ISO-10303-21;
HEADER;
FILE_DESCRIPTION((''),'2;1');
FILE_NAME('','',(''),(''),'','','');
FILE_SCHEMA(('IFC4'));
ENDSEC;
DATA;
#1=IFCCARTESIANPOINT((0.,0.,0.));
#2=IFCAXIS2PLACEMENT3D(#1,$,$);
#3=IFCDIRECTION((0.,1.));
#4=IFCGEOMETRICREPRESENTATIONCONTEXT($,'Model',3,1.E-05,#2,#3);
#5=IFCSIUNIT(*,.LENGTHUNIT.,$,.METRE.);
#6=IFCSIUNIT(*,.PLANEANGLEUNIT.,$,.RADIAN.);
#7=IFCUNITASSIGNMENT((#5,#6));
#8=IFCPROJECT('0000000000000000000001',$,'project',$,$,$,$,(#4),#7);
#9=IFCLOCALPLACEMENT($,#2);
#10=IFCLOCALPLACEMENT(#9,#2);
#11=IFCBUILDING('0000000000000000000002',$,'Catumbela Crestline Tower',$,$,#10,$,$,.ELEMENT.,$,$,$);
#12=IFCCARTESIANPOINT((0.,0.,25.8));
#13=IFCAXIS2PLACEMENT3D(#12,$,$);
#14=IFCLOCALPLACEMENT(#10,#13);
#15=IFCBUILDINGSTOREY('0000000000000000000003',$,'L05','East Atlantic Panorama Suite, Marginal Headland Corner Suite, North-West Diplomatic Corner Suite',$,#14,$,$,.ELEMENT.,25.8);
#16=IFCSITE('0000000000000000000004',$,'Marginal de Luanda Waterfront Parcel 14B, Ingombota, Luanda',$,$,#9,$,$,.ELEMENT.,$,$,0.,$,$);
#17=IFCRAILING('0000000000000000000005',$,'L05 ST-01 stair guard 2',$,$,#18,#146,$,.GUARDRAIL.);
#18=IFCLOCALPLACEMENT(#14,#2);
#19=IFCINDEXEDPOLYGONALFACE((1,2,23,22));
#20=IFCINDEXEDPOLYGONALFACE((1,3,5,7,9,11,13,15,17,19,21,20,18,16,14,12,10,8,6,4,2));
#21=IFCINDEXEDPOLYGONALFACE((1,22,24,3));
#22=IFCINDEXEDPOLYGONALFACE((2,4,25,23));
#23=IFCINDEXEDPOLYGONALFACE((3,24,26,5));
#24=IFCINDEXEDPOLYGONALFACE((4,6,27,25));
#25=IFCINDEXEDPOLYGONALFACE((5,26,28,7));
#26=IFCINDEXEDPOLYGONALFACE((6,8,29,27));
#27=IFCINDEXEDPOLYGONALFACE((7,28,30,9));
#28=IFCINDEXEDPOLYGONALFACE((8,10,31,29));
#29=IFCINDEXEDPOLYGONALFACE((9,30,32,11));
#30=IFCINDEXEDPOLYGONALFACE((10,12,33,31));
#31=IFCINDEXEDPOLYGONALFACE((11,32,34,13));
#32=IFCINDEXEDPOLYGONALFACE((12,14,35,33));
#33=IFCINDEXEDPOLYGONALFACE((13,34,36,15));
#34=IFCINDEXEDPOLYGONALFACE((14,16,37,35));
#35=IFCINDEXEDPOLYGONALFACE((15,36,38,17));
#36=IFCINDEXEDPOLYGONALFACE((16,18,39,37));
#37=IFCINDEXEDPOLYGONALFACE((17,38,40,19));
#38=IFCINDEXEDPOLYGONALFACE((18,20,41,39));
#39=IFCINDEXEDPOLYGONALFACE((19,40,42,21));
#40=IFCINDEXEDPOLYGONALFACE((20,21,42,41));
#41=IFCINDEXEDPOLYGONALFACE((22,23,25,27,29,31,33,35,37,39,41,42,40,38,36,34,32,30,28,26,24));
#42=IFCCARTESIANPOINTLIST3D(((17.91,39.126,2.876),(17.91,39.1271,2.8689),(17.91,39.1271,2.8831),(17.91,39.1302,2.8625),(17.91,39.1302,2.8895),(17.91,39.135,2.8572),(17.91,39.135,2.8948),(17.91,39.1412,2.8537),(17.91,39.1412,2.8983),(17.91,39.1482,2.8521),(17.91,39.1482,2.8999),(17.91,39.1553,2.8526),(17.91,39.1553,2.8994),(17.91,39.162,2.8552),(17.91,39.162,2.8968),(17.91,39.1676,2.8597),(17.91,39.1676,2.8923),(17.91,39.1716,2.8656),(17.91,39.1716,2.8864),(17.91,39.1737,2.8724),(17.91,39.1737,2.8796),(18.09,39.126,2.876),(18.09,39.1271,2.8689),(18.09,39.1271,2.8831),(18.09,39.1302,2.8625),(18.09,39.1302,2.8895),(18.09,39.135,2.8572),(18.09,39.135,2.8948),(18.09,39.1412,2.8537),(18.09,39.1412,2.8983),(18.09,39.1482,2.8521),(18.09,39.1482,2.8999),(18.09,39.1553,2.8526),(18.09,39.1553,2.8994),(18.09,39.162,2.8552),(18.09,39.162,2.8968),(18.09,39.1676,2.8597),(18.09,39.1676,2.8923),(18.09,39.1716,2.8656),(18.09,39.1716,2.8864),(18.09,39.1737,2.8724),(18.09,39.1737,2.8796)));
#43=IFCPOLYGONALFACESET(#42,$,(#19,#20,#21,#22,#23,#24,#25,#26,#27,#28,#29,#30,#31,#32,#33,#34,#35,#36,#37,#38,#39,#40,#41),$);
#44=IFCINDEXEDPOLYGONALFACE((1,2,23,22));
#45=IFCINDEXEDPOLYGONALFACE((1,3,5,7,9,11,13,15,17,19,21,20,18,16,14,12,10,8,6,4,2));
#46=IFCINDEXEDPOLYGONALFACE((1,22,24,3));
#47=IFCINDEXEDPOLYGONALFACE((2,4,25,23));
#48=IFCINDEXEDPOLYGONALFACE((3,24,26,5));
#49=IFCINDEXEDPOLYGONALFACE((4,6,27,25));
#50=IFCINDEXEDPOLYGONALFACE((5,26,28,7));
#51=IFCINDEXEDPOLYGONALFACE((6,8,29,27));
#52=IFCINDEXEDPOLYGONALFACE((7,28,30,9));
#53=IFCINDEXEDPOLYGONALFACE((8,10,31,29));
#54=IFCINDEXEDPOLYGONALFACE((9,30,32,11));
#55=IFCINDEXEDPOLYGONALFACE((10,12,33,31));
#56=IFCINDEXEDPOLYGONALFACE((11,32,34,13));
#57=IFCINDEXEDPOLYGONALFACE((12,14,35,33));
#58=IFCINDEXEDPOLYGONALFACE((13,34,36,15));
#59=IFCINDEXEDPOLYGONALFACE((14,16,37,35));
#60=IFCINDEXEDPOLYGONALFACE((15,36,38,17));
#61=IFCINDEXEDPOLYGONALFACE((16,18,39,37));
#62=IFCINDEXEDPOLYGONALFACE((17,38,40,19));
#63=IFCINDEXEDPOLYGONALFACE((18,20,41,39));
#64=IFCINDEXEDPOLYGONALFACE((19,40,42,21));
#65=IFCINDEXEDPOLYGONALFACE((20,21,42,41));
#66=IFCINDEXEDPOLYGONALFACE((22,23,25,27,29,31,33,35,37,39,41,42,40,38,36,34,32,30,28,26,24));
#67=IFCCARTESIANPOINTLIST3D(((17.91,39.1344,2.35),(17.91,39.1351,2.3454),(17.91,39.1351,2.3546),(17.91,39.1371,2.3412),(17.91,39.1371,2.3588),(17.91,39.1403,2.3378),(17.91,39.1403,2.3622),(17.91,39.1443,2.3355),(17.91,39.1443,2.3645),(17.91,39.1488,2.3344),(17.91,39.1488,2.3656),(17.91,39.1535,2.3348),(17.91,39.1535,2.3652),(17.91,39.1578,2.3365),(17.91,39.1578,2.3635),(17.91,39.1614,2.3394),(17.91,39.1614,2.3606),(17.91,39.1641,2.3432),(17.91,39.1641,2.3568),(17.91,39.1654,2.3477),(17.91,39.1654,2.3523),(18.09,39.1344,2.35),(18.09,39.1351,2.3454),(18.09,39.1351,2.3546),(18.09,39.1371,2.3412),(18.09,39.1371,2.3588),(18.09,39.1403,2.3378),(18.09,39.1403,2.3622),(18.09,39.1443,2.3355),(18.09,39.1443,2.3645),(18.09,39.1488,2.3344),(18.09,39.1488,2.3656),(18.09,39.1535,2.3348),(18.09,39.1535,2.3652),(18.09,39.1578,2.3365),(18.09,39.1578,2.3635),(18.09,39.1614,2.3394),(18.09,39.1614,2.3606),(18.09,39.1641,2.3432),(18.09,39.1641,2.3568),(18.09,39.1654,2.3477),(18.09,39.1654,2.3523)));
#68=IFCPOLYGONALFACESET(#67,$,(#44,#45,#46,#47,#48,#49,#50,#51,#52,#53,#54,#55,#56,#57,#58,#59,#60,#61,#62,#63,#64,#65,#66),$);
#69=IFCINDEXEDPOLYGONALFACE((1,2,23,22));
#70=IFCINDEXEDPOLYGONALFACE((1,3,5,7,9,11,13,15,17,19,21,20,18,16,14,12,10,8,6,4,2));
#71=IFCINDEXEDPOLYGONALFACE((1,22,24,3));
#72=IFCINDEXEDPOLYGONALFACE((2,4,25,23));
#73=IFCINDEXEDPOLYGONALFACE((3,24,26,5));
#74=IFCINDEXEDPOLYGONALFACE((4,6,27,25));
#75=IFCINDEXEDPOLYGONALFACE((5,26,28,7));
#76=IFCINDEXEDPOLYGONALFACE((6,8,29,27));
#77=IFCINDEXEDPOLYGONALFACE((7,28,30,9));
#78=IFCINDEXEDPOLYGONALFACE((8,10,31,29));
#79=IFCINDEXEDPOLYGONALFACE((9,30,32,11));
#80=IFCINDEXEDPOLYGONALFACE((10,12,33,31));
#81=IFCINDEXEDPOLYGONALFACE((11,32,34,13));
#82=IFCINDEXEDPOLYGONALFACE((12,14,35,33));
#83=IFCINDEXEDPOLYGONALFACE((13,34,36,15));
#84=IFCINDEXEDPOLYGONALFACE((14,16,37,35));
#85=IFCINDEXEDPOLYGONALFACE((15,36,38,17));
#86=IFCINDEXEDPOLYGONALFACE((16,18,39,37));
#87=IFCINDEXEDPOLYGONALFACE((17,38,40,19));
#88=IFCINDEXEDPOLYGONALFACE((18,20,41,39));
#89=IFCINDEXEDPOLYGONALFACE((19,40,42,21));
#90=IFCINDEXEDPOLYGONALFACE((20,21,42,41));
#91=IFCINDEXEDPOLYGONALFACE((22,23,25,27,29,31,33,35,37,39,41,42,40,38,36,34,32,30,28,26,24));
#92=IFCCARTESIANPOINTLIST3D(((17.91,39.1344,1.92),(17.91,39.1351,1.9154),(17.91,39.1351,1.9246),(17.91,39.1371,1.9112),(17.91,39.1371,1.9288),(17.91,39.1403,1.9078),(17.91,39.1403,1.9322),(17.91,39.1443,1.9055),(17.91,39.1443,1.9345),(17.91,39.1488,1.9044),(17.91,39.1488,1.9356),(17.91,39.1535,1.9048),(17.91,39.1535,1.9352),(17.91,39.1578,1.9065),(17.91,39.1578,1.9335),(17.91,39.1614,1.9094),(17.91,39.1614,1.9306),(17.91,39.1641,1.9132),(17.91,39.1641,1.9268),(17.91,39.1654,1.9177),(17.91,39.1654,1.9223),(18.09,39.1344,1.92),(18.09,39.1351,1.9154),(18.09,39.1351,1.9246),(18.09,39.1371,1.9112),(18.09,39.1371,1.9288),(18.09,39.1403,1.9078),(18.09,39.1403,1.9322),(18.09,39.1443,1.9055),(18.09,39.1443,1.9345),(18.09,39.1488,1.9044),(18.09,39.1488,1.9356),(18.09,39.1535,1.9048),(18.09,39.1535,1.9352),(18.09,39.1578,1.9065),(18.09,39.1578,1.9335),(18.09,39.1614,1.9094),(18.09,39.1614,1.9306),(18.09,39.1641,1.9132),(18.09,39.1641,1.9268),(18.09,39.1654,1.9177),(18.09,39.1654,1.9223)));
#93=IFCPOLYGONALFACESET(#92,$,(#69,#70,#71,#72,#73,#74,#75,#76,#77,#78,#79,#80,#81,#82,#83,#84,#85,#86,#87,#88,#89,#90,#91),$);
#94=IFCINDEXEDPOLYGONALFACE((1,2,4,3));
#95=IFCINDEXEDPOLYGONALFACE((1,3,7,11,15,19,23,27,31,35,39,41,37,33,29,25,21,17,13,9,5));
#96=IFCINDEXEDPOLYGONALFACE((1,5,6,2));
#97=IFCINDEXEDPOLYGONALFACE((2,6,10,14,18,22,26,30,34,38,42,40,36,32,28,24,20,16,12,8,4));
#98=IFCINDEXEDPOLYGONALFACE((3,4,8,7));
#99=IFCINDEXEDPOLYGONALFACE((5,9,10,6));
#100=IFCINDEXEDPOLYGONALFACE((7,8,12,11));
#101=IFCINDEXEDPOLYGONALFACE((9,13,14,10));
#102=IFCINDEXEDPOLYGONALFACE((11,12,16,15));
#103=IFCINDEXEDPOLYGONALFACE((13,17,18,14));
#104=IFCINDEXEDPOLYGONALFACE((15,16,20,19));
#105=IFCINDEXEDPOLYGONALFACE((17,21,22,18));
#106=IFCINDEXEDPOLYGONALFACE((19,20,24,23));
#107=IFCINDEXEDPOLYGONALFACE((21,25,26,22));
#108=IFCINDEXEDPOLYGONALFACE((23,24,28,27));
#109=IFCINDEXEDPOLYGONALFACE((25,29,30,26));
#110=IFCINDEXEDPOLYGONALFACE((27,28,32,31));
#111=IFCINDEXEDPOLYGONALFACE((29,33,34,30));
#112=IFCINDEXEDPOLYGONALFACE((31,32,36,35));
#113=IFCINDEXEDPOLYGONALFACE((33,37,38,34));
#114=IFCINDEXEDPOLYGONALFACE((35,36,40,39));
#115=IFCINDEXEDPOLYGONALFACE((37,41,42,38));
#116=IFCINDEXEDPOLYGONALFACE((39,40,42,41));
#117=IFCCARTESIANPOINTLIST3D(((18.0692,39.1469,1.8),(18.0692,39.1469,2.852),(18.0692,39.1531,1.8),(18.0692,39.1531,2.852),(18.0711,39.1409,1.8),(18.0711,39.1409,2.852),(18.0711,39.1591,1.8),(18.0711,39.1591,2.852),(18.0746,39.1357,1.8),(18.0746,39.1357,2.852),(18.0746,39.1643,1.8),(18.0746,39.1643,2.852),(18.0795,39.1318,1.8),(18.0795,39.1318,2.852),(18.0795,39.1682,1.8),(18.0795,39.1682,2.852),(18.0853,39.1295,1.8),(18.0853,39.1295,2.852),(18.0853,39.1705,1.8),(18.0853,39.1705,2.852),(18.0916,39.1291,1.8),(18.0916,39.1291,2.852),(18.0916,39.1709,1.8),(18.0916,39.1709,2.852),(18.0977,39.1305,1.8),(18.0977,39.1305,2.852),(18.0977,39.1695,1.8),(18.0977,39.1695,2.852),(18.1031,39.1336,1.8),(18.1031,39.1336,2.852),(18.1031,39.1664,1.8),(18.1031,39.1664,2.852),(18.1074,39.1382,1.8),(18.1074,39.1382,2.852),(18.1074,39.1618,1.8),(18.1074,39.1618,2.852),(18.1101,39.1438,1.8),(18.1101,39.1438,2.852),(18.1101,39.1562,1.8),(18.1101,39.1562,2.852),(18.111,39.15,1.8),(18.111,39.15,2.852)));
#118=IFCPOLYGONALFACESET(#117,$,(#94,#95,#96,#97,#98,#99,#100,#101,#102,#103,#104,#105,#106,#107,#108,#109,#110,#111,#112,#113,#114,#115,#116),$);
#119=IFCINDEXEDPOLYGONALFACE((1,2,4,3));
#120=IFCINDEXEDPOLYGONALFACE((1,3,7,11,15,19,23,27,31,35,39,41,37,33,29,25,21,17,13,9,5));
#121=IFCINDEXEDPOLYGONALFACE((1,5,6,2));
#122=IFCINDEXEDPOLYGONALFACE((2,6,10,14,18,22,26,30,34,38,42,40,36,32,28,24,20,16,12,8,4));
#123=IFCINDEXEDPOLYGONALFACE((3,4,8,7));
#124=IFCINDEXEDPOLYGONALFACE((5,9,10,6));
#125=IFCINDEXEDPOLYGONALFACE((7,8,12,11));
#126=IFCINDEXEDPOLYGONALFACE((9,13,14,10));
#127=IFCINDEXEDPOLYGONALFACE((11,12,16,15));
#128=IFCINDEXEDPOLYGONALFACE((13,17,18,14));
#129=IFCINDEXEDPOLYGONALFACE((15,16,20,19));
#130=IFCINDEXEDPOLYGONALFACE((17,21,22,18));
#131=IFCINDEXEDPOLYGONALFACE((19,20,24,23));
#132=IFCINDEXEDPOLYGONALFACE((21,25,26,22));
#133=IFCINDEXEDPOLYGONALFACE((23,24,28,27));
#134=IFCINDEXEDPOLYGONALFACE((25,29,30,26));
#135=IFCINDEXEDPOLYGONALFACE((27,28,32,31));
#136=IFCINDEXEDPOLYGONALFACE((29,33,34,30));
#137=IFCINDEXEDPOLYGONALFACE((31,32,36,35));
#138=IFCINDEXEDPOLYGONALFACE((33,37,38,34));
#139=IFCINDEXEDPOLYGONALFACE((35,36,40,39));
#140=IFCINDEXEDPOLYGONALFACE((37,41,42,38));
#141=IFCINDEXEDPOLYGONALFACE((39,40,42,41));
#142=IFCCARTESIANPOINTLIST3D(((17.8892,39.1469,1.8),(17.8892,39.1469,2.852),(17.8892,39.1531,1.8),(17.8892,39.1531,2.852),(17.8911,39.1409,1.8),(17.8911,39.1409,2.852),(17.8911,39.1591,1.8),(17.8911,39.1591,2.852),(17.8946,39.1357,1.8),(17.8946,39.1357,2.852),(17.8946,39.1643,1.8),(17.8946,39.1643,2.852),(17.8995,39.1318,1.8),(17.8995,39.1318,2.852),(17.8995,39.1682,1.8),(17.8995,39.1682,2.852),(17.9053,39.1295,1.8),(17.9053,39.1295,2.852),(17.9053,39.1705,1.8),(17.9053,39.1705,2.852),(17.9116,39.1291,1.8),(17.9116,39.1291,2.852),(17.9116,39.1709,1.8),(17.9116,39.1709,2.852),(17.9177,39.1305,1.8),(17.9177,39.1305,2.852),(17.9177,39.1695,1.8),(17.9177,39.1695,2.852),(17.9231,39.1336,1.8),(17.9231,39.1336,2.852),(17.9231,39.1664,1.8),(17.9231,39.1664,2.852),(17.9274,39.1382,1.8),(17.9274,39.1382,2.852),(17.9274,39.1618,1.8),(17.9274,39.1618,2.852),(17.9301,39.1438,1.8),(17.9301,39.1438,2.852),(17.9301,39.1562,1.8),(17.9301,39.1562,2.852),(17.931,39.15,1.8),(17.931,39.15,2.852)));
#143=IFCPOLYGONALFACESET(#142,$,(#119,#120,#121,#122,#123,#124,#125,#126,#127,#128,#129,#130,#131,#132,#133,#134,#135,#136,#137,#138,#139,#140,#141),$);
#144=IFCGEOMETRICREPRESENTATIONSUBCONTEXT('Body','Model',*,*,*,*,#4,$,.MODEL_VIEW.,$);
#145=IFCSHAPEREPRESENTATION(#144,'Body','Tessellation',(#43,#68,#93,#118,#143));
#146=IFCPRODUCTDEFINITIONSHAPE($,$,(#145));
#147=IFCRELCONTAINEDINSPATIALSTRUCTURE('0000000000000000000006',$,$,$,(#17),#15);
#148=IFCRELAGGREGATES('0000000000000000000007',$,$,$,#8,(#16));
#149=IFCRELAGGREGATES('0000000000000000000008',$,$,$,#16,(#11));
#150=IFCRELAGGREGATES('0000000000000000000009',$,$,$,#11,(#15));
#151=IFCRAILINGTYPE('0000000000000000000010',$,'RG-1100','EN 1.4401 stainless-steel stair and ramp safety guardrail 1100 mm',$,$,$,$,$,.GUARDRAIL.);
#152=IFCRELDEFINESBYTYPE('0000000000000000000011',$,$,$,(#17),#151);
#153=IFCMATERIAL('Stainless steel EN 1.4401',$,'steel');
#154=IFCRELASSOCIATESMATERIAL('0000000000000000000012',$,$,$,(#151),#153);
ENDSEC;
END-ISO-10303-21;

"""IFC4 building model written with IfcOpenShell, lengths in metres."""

from ifc_helpers import new_model, si_unit, direction, frame, origin, origin_2d, place, context, subcontext, project, spatial, circle, extrude, material, type_object, element, save


model = new_model("IFC4")

# Units and contexts
model_context = context("Model", 3, precision=1e-05, world=origin(), true_north=direction((0.0, 1.0)))
body_context = subcontext(model_context, "Body", "Model", "MODEL_VIEW")
ifc_project = project(units=[si_unit("LENGTHUNIT", "METRE"), si_unit("PLANEANGLEUNIT", "RADIAN")], contexts=[model_context])

# Site, building, storey
site_placement = place(None, origin())
site = spatial("IfcSite", under=ifc_project, at=site_placement, Name="Marginal de Luanda Waterfront Parcel 14B, Ingombota, Luanda", CompositionType="ELEMENT", RefElevation=0.0)
building_placement = place(site_placement, origin())
building = spatial("IfcBuilding", under=site, at=building_placement, Name="Catumbela Crestline Tower", CompositionType="ELEMENT")
storey_placement = place(building_placement, frame((0.0, 0.0, 25.8)))
storey = spatial("IfcBuildingStorey", under=building, at=storey_placement, Name="L05", Description="East Atlantic Panorama Suite, Marginal Headland Corner Suite, North-West Diplomatic Corner Suite", CompositionType="ELEMENT", Elevation=25.8)

# Shared definitions
ifc_material_1 = material(Name="Stainless steel EN 1.4401", Category="steel")

# Railing
railing_type_1 = type_object("IfcRailingType", Name="RG-1100", Description="EN 1.4401 stainless-steel stair and ramp safety guardrail 1100 mm", PredefinedType="GUARDRAIL", material=ifc_material_1)
railing_1_placement = place(storey_placement, frame((18.09, 39.15, 1.8)))
element("IfcRailing", 1, at=railing_1_placement, inside=storey, type_object=railing_type_1, Name="L05 ST-01 stair guard 2", PredefinedType="GUARDRAIL", context=body_context, shape_type="SweptSolid", body=[
    extrude(circle(Radius=0.024, at=origin_2d()), frame((0.0, 0.0, 1.076), z_axis=(-1.0, 0.0, 0.0), x_axis=(0.0, -1.0, 0.0)), (0.0, 0.0, 1.0), 0.18),
    extrude(circle(Radius=0.0156, at=origin_2d()), frame((0.0, 0.0, 0.55), z_axis=(-1.0, 0.0, 0.0), x_axis=(0.0, -1.0, 0.0)), (0.0, 0.0, 1.0), 0.18),
    extrude(circle(Radius=0.0156, at=origin_2d()), frame((0.0, 0.0, 0.12), z_axis=(-1.0, 0.0, 0.0), x_axis=(0.0, -1.0, 0.0)), (0.0, 0.0, 1.0), 0.18),
    extrude(circle(Radius=0.021, at=origin_2d()), origin(), (0.0, 0.0, 1.0), 1.052),
    extrude(circle(Radius=0.021, at=origin_2d()), frame((-0.18, 0.0, 0.0)), (0.0, 0.0, 1.0), 1.052),
])

save(model, "model.ifc")
